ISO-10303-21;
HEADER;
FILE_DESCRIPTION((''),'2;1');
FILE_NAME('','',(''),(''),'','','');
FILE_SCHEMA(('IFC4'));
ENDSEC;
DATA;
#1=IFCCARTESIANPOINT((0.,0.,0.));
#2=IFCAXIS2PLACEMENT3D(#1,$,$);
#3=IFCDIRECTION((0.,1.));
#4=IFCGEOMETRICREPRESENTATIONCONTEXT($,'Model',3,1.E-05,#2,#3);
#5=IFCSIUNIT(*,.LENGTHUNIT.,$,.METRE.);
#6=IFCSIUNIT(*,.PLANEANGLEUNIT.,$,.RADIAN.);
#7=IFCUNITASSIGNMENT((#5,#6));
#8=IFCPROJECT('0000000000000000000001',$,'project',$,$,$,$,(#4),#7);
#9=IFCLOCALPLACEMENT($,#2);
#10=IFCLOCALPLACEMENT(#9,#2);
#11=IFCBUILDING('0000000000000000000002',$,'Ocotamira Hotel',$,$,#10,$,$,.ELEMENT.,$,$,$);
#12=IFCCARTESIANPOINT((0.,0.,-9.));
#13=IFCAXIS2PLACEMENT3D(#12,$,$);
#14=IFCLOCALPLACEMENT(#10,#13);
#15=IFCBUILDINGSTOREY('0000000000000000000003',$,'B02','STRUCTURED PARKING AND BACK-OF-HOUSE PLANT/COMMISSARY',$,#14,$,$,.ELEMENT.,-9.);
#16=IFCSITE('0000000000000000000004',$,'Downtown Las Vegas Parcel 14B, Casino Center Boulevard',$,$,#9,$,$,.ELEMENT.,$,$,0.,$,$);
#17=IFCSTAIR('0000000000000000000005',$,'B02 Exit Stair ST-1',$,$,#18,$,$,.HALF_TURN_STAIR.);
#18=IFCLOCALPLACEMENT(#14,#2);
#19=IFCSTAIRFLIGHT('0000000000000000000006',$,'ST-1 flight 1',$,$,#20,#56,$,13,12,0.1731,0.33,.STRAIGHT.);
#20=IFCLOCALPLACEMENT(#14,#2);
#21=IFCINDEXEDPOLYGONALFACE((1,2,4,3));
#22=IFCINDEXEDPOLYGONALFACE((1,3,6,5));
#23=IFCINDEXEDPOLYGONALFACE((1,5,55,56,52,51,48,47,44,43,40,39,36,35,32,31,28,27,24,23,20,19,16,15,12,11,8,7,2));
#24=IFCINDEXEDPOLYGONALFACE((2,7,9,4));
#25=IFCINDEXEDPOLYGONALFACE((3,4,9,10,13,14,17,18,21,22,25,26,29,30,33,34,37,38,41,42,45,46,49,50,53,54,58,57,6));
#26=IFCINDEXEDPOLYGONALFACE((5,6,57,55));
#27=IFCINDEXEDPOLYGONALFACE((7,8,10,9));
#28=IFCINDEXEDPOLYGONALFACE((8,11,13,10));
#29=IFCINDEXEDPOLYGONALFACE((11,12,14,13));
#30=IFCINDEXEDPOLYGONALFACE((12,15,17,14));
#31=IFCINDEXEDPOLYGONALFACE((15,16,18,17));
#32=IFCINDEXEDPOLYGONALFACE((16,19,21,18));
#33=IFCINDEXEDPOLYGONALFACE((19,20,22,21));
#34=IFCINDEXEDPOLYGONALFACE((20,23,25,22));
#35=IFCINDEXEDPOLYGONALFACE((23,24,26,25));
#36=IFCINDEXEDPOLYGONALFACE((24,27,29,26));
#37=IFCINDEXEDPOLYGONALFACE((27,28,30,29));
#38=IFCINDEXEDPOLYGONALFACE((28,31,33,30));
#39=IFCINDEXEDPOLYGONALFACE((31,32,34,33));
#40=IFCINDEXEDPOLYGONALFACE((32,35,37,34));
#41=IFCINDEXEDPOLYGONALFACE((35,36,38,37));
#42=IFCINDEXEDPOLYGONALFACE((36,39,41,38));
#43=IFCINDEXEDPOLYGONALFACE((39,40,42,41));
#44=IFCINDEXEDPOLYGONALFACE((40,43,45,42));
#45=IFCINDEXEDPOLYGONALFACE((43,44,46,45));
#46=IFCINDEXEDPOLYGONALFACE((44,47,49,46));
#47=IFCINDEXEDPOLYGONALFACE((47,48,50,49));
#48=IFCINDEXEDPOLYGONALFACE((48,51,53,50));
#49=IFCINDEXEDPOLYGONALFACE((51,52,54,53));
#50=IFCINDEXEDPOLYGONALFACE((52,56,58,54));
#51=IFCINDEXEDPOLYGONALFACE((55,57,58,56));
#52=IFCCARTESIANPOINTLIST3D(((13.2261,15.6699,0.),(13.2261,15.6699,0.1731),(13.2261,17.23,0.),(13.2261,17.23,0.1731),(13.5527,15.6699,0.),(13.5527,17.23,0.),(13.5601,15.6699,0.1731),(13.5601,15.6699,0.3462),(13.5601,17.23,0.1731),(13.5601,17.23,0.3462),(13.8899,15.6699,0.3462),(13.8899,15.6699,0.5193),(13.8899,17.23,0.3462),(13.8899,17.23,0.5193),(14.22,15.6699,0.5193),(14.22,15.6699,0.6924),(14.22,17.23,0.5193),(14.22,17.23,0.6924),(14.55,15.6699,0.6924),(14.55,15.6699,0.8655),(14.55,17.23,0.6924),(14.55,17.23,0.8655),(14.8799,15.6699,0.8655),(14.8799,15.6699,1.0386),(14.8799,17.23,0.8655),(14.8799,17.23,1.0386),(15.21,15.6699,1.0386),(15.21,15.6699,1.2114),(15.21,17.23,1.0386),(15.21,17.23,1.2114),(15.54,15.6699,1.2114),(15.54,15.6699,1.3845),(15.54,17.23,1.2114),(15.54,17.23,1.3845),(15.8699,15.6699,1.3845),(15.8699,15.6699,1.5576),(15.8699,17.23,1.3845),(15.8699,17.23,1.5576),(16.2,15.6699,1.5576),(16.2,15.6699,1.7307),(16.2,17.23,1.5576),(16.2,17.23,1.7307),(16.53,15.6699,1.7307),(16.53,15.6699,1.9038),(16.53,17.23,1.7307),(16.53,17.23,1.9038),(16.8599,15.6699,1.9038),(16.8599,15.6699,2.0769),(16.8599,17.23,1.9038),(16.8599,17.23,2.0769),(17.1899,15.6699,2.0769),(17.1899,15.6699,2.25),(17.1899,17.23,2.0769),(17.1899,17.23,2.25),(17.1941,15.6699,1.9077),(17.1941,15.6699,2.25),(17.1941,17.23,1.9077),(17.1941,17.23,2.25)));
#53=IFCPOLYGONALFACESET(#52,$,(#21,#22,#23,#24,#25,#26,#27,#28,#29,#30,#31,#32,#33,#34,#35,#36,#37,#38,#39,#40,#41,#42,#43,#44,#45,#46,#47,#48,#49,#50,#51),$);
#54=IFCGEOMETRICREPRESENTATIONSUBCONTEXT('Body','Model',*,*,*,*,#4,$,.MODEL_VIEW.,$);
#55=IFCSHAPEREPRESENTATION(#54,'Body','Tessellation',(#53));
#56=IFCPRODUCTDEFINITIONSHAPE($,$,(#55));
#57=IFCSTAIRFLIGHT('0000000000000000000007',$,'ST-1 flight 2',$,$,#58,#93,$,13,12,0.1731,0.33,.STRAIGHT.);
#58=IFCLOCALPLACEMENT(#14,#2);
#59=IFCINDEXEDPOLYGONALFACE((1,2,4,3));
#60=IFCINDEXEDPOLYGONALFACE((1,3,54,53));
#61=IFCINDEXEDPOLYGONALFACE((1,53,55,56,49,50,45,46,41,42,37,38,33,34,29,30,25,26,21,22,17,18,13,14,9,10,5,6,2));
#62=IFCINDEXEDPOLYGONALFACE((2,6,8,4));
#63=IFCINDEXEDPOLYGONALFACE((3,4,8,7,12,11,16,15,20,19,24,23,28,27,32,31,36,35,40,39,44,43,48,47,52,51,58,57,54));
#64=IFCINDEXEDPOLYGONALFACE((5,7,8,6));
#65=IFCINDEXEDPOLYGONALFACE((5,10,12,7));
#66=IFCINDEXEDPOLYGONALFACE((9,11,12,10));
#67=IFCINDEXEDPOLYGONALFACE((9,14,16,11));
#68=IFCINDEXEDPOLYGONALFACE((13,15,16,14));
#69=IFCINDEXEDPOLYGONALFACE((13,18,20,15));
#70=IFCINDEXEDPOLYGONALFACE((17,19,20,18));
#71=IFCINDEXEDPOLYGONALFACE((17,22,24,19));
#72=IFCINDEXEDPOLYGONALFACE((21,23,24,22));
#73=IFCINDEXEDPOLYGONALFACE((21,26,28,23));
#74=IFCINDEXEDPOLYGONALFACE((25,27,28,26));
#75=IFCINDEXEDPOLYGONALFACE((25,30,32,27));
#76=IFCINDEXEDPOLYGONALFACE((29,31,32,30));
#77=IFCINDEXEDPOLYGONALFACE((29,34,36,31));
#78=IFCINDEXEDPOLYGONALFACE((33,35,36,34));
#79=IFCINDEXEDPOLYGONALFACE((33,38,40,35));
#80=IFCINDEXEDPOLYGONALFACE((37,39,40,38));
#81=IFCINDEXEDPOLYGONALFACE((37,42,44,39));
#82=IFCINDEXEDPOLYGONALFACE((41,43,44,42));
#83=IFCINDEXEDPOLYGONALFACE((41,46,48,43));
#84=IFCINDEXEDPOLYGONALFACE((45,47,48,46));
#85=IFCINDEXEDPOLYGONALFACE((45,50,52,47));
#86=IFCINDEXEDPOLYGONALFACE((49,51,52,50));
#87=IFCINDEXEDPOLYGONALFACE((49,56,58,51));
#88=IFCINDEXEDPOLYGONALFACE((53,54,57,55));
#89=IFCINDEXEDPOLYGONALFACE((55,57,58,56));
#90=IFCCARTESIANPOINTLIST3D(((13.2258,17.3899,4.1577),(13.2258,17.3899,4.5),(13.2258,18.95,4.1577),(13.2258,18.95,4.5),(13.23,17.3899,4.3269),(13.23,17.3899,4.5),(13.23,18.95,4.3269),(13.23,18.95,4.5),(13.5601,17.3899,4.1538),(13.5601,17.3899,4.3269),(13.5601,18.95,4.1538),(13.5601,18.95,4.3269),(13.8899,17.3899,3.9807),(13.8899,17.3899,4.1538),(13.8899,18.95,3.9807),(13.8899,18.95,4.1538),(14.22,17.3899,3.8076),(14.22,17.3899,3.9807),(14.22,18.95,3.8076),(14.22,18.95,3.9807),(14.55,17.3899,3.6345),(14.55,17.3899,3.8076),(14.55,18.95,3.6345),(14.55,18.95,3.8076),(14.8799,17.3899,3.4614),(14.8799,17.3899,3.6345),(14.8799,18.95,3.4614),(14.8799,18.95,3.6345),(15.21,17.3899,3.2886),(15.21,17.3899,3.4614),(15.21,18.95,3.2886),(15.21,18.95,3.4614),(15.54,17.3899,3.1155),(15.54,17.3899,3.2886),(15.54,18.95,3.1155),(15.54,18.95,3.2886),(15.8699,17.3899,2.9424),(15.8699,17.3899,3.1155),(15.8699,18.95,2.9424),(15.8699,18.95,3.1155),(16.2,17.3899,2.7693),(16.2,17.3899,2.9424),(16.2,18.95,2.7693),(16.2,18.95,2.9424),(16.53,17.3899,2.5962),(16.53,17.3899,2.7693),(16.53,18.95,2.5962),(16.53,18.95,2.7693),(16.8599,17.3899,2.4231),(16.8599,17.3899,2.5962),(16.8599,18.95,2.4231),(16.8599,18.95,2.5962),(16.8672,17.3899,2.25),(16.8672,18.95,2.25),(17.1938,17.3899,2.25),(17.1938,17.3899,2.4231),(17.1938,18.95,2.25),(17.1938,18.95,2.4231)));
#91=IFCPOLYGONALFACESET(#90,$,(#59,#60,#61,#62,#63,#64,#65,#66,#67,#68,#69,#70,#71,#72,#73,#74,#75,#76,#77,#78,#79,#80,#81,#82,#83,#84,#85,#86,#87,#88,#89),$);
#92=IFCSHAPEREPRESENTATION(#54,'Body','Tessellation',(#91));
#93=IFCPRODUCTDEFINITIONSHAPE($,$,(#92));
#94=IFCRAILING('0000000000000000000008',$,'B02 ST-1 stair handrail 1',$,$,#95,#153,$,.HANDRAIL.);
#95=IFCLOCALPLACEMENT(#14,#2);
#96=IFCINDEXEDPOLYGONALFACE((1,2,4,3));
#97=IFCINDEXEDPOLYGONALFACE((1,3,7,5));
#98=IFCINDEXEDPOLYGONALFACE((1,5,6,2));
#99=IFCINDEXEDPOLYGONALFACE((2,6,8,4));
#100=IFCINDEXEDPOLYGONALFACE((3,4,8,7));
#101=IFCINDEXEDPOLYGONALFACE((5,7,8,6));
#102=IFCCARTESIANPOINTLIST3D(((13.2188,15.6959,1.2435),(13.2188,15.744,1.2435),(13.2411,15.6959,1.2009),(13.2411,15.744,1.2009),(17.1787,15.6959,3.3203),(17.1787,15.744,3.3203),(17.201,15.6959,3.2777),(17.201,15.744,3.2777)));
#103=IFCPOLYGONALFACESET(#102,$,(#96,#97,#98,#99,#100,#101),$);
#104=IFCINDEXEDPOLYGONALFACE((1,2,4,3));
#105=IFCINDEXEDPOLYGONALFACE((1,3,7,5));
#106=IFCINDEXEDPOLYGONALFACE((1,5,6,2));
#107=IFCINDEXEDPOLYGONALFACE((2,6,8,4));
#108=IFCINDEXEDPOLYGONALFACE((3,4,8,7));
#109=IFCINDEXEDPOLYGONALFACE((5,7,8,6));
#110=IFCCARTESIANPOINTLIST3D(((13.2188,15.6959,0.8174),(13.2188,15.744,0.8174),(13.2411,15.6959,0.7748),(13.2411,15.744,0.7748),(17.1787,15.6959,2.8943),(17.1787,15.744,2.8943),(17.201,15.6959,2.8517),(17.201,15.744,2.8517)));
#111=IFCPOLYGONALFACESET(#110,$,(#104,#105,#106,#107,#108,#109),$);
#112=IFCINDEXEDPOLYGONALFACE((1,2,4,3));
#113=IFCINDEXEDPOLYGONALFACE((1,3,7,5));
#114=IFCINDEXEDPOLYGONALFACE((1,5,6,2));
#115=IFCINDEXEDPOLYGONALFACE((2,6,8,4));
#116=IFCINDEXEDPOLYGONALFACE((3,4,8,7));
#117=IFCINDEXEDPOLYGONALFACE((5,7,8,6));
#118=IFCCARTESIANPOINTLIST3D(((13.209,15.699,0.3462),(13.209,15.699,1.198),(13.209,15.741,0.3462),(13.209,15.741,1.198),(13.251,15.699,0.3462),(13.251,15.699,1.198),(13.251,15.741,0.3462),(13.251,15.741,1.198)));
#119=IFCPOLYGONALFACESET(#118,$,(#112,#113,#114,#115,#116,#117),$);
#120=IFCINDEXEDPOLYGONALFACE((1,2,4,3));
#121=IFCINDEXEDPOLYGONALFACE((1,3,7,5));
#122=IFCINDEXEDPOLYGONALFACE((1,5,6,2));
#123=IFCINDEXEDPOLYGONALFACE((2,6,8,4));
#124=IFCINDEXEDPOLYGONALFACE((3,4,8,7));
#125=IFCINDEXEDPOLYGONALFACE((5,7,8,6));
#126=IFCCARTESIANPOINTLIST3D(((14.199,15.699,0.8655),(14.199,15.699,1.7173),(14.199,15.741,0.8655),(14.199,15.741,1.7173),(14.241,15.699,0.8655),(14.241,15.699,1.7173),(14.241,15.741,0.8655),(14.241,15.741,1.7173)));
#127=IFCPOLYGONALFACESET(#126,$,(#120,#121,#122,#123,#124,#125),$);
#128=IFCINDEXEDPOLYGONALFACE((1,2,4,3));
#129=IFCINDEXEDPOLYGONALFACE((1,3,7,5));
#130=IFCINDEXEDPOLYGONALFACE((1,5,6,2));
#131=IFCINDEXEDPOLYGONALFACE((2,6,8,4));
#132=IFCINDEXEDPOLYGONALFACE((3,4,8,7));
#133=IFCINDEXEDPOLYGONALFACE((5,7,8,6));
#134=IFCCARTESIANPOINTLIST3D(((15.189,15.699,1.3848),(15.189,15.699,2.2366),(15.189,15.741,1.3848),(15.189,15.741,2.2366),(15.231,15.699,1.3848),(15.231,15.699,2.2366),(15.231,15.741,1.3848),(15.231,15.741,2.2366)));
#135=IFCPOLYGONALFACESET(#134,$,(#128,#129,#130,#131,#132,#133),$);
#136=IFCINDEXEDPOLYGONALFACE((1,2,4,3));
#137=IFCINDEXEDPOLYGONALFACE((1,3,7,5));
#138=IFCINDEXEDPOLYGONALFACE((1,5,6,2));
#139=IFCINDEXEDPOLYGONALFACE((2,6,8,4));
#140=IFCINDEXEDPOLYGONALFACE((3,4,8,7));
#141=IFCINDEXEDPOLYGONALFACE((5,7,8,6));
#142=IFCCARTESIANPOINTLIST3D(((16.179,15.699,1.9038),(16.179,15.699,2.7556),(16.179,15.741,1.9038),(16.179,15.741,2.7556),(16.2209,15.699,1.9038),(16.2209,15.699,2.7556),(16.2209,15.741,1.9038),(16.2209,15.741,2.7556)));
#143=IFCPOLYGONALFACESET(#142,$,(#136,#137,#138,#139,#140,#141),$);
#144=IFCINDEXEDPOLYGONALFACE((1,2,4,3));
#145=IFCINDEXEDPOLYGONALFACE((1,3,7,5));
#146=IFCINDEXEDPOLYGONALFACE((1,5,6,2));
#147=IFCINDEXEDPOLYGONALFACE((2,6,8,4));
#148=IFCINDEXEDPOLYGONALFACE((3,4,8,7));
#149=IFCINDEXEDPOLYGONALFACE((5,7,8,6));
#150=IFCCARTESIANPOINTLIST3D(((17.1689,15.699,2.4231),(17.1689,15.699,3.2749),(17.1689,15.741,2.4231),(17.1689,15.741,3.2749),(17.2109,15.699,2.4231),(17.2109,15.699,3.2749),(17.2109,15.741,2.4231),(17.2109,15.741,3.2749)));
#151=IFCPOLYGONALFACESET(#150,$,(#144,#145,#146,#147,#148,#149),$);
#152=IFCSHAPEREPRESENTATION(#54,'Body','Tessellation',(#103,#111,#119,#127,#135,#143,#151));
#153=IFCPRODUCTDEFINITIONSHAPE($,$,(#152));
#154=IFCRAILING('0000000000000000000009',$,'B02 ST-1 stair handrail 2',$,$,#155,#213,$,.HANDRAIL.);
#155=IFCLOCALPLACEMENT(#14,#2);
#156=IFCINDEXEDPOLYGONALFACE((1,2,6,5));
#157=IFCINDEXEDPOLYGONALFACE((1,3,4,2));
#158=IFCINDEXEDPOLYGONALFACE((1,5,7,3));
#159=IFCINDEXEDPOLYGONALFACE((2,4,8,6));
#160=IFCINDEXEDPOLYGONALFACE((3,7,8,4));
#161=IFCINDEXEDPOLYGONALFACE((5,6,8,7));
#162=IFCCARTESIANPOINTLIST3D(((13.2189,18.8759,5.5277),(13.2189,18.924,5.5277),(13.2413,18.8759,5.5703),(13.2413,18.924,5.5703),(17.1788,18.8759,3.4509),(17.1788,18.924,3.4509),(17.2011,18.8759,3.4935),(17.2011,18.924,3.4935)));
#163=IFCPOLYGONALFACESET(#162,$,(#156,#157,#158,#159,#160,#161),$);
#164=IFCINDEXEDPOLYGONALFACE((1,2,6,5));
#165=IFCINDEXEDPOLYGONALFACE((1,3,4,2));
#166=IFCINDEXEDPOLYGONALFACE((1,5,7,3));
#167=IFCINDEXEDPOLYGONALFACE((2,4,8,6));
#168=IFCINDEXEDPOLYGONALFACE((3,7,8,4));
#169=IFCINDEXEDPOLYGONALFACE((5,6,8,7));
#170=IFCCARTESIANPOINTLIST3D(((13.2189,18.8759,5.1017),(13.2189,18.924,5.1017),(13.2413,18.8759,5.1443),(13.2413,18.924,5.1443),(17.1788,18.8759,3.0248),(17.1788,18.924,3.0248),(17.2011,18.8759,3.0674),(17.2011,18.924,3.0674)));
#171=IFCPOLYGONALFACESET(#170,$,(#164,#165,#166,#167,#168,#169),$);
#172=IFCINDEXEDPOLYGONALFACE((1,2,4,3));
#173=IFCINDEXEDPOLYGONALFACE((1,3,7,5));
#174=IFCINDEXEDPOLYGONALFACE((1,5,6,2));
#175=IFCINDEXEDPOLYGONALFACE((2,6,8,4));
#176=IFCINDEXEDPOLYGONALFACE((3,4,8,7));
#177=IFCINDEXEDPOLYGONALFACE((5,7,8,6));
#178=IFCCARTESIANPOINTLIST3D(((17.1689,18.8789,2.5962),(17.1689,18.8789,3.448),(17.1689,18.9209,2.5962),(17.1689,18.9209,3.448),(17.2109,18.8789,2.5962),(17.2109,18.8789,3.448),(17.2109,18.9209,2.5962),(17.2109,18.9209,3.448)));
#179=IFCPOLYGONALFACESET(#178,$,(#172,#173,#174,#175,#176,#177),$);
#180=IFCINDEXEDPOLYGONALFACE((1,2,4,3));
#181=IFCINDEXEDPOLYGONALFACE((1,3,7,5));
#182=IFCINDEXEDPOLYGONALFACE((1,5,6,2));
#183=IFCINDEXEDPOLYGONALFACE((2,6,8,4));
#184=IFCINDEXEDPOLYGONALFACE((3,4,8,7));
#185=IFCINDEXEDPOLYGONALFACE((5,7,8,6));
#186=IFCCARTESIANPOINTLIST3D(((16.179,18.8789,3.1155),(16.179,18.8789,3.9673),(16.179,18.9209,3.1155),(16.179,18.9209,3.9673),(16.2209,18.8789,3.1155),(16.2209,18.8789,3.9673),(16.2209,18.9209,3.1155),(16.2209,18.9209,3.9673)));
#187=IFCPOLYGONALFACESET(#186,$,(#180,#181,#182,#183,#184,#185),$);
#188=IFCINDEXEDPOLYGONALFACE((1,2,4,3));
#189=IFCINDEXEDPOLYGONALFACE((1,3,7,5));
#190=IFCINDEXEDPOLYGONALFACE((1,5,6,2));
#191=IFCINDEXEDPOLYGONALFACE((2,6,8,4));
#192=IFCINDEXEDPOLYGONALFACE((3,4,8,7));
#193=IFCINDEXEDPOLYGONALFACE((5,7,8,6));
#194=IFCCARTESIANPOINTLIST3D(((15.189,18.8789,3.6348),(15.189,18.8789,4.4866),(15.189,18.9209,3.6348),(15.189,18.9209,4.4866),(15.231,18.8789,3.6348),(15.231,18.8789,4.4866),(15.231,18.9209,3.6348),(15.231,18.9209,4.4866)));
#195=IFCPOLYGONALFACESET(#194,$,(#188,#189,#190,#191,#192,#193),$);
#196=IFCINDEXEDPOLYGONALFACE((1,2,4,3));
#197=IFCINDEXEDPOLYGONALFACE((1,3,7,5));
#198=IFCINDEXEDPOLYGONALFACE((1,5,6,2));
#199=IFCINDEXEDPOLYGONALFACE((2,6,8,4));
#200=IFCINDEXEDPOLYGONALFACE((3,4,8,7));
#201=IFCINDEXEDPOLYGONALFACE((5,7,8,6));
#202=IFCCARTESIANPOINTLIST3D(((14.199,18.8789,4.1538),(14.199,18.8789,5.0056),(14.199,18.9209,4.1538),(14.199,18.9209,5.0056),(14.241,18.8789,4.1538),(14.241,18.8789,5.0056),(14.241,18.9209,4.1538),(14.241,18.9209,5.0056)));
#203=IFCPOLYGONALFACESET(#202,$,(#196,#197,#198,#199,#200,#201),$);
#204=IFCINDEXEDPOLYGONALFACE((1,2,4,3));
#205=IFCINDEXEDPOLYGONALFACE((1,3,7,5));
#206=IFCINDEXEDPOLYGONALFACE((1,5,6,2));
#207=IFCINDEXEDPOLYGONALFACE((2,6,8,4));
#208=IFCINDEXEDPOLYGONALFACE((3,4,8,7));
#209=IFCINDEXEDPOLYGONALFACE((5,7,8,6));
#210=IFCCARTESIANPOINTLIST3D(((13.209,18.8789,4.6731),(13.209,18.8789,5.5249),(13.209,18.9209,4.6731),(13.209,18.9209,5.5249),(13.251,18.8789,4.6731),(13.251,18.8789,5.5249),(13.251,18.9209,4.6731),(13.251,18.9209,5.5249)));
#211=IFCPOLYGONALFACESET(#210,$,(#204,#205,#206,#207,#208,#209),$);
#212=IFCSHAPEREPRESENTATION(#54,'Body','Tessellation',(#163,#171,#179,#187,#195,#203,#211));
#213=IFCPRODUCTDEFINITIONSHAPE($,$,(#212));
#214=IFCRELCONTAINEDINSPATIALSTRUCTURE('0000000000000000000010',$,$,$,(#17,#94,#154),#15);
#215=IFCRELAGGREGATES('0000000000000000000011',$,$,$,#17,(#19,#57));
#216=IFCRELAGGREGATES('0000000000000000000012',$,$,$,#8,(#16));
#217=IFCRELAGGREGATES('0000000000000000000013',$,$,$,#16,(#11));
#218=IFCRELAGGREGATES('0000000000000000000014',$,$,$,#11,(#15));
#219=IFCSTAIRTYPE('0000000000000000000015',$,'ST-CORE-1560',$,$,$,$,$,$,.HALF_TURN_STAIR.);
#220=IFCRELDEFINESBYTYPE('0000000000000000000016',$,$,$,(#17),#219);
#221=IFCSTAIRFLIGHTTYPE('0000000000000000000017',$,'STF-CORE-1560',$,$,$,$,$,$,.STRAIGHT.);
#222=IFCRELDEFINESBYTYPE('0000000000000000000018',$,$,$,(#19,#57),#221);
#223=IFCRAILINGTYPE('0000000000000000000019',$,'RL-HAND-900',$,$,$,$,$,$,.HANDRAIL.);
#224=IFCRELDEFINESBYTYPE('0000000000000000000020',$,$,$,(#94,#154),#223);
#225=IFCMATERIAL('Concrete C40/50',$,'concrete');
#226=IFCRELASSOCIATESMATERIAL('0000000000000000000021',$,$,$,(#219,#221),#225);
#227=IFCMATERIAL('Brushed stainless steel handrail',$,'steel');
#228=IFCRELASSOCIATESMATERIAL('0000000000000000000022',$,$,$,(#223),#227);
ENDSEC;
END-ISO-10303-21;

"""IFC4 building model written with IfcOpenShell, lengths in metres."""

from ifc_helpers import new_model, si_unit, direction, frame, origin, origin_2d, place, context, subcontext, project, spatial, polyline, rectangle, outline, extrude, source, transform, mapped, material, type_object, element, aggregate, save


model = new_model("IFC4")

# Units and contexts
model_context = context("Model", 3, precision=1e-05, world=origin(), true_north=direction((0.0, 1.0)))
body_context = subcontext(model_context, "Body", "Model", "MODEL_VIEW")
ifc_project = project(units=[si_unit("LENGTHUNIT", "METRE"), si_unit("PLANEANGLEUNIT", "RADIAN")], contexts=[model_context])

# Site, building, storey
site_placement = place(None, origin())
site = spatial("IfcSite", under=ifc_project, at=site_placement, Name="Downtown Las Vegas Parcel 14B, Casino Center Boulevard", CompositionType="ELEMENT", RefElevation=0.0)
building_placement = place(site_placement, origin())
building = spatial("IfcBuilding", under=site, at=building_placement, Name="Ocotamira Hotel", CompositionType="ELEMENT")
storey_placement = place(building_placement, frame((0.0, 0.0, -9.0)))
storey = spatial("IfcBuildingStorey", under=building, at=storey_placement, Name="B02", Description="STRUCTURED PARKING AND BACK-OF-HOUSE PLANT/COMMISSARY", CompositionType="ELEMENT", Elevation=-9.0)

# Stair, stair flights
ifc_material_1 = material(Name="Concrete C40/50", Category="concrete")
stair_type = type_object("IfcStairType", Name="ST-CORE-1560", PredefinedType="HALF_TURN_STAIR", material=ifc_material_1)
stair_placement = place(storey_placement, origin())
stair = element("IfcStair", 1, at=stair_placement, inside=storey, type_object=stair_type, Name="B02 Exit Stair ST-1", PredefinedType="HALF_TURN_STAIR")
stair_flight_type = type_object("IfcStairFlightType", Name="STF-CORE-1560", PredefinedType="STRAIGHT", material=ifc_material_1)
shared_shape_1 = source(origin(), body_context, "Body", "SweptSolid", [
    extrude(outline(polyline([(-0.0039, 0.0), (-0.0039, 0.1731), (0.3301, 0.1731), (0.3301, 0.3462), (0.6599, 0.3462), (0.6599, 0.5193), (0.99, 0.5193), (0.99, 0.6924), (1.3201, 0.6924), (1.3201, 0.8655), (1.6499, 0.8655), (1.6499, 1.0386), (1.98, 1.0386), (1.98, 1.2114), (2.3101, 1.2114), (2.3101, 1.3845), (2.6399, 1.3845), (2.6399, 1.5576), (2.97, 1.5576), (2.97, 1.7307), (3.3, 1.7307), (3.3, 1.9038), (3.6299, 1.9038), (3.6299, 2.0769), (3.96, 2.0769), (3.96, 2.25), (3.9641, 2.25), (3.9641, 1.9077), (0.3228, 0.0), (-0.0039, 0.0)])), frame((0.0, 0.78, 0.0), z_axis=(0.0, -1.0, 0.0), x_axis=(1.0, 0.0, 0.0)), (0.0, 0.0, 1.0), 1.5601),
])
stair_flight_1_placement = place(storey_placement, frame((13.23, 16.45, 0.0), z_axis=(0.0, 0.0, 1.0), x_axis=(1.0, 0.0, 0.0)))
stair_flight_1 = element("IfcStairFlight", 2, at=stair_flight_1_placement, type_object=stair_flight_type, Name="ST-1 flight 1", NumberOfRisers=13, NumberOfTreads=12, PredefinedType="STRAIGHT", RiserHeight=0.1731, TreadLength=0.33, context=body_context, shape_type="MappedRepresentation", body=[
    mapped(shared_shape_1, transform((0.0, 0.0, 0.0), scale=1.0)),
])
stair_flight_2_placement = place(storey_placement, frame((17.1899, 18.1699, 2.25), z_axis=(0.0, 0.0, 1.0), x_axis=(-1.0, 0.0, 0.0)))
stair_flight_2 = element("IfcStairFlight", 3, at=stair_flight_2_placement, type_object=stair_flight_type, Name="ST-1 flight 2", NumberOfRisers=13, NumberOfTreads=12, PredefinedType="STRAIGHT", RiserHeight=0.1731, TreadLength=0.33, context=body_context, shape_type="MappedRepresentation", body=[
    mapped(shared_shape_1, transform((0.0, 0.0, 0.0), scale=1.0)),
])
aggregate(stair, [stair_flight_1, stair_flight_2])

# Railings
ifc_material_2 = material(Name="Brushed stainless steel handrail", Category="steel")
railing_type_1 = type_object("IfcRailingType", Name="RL-HAND-900", PredefinedType="HANDRAIL", material=ifc_material_2)
railing_1_placement = place(storey_placement, frame((13.23, 15.72, 0.3462)))
element("IfcRailing", 4, at=railing_1_placement, inside=storey, type_object=railing_type_1, Name="B02 ST-1 stair handrail 1", PredefinedType="HANDRAIL", context=body_context, shape_type="SweptSolid", body=[
    extrude(rectangle(XDim=0.0481, YDim=0.0481, at=origin_2d()), frame((0.0, 0.0, 0.876), z_axis=(0.885589, 0.0, 0.46447), x_axis=(0.0, 1.0, 0.0)), (0.0, 0.0, 1.0), 4.4714),
    extrude(rectangle(XDim=0.0481, YDim=0.0481, at=origin_2d()), frame((0.0, 0.0, 0.45), z_axis=(0.885589, 0.0, 0.46447), x_axis=(0.0, 1.0, 0.0)), (0.0, 0.0, 1.0), 4.4714),
    extrude(rectangle(XDim=0.042, YDim=0.042, at=origin_2d()), origin(), (0.0, 0.0, 1.0), 0.8518),
    extrude(rectangle(XDim=0.042, YDim=0.042, at=origin_2d()), frame((0.99, 0.0, 0.5193)), (0.0, 0.0, 1.0), 0.8518),
    extrude(rectangle(XDim=0.042, YDim=0.042, at=origin_2d()), frame((1.98, 0.0, 1.0386)), (0.0, 0.0, 1.0), 0.8518),
    extrude(rectangle(XDim=0.042, YDim=0.042, at=origin_2d()), frame((2.97, 0.0, 1.5576)), (0.0, 0.0, 1.0), 0.8518),
    extrude(rectangle(XDim=0.042, YDim=0.042, at=origin_2d()), frame((3.96, 0.0, 2.0769)), (0.0, 0.0, 1.0), 0.8518),
])
railing_2_placement = place(storey_placement, frame((17.1899, 18.8999, 2.5962)))
element("IfcRailing", 5, at=railing_2_placement, inside=storey, type_object=railing_type_1, Name="B02 ST-1 stair handrail 2", PredefinedType="HANDRAIL", context=body_context, shape_type="SweptSolid", body=[
    extrude(rectangle(XDim=0.0481, YDim=0.0481, at=origin_2d()), frame((0.0, 0.0, 0.876), z_axis=(-0.885589, 0.0, 0.46447), x_axis=(0.0, -1.0, 0.0)), (0.0, 0.0, 1.0), 4.4714),
    extrude(rectangle(XDim=0.0481, YDim=0.0481, at=origin_2d()), frame((0.0, 0.0, 0.45), z_axis=(-0.885589, 0.0, 0.46447), x_axis=(0.0, -1.0, 0.0)), (0.0, 0.0, 1.0), 4.4714),
    extrude(rectangle(XDim=0.042, YDim=0.042, at=origin_2d()), origin(), (0.0, 0.0, 1.0), 0.8518),
    extrude(rectangle(XDim=0.042, YDim=0.042, at=origin_2d()), frame((-0.99, 0.0, 0.5193)), (0.0, 0.0, 1.0), 0.8518),
    extrude(rectangle(XDim=0.042, YDim=0.042, at=origin_2d()), frame((-1.98, 0.0, 1.0386)), (0.0, 0.0, 1.0), 0.8518),
    extrude(rectangle(XDim=0.042, YDim=0.042, at=origin_2d()), frame((-2.97, 0.0, 1.5576)), (0.0, 0.0, 1.0), 0.8518),
    extrude(rectangle(XDim=0.042, YDim=0.042, at=origin_2d()), frame((-3.96, 0.0, 2.0769)), (0.0, 0.0, 1.0), 0.8518),
])

save(model, "model.ifc")
